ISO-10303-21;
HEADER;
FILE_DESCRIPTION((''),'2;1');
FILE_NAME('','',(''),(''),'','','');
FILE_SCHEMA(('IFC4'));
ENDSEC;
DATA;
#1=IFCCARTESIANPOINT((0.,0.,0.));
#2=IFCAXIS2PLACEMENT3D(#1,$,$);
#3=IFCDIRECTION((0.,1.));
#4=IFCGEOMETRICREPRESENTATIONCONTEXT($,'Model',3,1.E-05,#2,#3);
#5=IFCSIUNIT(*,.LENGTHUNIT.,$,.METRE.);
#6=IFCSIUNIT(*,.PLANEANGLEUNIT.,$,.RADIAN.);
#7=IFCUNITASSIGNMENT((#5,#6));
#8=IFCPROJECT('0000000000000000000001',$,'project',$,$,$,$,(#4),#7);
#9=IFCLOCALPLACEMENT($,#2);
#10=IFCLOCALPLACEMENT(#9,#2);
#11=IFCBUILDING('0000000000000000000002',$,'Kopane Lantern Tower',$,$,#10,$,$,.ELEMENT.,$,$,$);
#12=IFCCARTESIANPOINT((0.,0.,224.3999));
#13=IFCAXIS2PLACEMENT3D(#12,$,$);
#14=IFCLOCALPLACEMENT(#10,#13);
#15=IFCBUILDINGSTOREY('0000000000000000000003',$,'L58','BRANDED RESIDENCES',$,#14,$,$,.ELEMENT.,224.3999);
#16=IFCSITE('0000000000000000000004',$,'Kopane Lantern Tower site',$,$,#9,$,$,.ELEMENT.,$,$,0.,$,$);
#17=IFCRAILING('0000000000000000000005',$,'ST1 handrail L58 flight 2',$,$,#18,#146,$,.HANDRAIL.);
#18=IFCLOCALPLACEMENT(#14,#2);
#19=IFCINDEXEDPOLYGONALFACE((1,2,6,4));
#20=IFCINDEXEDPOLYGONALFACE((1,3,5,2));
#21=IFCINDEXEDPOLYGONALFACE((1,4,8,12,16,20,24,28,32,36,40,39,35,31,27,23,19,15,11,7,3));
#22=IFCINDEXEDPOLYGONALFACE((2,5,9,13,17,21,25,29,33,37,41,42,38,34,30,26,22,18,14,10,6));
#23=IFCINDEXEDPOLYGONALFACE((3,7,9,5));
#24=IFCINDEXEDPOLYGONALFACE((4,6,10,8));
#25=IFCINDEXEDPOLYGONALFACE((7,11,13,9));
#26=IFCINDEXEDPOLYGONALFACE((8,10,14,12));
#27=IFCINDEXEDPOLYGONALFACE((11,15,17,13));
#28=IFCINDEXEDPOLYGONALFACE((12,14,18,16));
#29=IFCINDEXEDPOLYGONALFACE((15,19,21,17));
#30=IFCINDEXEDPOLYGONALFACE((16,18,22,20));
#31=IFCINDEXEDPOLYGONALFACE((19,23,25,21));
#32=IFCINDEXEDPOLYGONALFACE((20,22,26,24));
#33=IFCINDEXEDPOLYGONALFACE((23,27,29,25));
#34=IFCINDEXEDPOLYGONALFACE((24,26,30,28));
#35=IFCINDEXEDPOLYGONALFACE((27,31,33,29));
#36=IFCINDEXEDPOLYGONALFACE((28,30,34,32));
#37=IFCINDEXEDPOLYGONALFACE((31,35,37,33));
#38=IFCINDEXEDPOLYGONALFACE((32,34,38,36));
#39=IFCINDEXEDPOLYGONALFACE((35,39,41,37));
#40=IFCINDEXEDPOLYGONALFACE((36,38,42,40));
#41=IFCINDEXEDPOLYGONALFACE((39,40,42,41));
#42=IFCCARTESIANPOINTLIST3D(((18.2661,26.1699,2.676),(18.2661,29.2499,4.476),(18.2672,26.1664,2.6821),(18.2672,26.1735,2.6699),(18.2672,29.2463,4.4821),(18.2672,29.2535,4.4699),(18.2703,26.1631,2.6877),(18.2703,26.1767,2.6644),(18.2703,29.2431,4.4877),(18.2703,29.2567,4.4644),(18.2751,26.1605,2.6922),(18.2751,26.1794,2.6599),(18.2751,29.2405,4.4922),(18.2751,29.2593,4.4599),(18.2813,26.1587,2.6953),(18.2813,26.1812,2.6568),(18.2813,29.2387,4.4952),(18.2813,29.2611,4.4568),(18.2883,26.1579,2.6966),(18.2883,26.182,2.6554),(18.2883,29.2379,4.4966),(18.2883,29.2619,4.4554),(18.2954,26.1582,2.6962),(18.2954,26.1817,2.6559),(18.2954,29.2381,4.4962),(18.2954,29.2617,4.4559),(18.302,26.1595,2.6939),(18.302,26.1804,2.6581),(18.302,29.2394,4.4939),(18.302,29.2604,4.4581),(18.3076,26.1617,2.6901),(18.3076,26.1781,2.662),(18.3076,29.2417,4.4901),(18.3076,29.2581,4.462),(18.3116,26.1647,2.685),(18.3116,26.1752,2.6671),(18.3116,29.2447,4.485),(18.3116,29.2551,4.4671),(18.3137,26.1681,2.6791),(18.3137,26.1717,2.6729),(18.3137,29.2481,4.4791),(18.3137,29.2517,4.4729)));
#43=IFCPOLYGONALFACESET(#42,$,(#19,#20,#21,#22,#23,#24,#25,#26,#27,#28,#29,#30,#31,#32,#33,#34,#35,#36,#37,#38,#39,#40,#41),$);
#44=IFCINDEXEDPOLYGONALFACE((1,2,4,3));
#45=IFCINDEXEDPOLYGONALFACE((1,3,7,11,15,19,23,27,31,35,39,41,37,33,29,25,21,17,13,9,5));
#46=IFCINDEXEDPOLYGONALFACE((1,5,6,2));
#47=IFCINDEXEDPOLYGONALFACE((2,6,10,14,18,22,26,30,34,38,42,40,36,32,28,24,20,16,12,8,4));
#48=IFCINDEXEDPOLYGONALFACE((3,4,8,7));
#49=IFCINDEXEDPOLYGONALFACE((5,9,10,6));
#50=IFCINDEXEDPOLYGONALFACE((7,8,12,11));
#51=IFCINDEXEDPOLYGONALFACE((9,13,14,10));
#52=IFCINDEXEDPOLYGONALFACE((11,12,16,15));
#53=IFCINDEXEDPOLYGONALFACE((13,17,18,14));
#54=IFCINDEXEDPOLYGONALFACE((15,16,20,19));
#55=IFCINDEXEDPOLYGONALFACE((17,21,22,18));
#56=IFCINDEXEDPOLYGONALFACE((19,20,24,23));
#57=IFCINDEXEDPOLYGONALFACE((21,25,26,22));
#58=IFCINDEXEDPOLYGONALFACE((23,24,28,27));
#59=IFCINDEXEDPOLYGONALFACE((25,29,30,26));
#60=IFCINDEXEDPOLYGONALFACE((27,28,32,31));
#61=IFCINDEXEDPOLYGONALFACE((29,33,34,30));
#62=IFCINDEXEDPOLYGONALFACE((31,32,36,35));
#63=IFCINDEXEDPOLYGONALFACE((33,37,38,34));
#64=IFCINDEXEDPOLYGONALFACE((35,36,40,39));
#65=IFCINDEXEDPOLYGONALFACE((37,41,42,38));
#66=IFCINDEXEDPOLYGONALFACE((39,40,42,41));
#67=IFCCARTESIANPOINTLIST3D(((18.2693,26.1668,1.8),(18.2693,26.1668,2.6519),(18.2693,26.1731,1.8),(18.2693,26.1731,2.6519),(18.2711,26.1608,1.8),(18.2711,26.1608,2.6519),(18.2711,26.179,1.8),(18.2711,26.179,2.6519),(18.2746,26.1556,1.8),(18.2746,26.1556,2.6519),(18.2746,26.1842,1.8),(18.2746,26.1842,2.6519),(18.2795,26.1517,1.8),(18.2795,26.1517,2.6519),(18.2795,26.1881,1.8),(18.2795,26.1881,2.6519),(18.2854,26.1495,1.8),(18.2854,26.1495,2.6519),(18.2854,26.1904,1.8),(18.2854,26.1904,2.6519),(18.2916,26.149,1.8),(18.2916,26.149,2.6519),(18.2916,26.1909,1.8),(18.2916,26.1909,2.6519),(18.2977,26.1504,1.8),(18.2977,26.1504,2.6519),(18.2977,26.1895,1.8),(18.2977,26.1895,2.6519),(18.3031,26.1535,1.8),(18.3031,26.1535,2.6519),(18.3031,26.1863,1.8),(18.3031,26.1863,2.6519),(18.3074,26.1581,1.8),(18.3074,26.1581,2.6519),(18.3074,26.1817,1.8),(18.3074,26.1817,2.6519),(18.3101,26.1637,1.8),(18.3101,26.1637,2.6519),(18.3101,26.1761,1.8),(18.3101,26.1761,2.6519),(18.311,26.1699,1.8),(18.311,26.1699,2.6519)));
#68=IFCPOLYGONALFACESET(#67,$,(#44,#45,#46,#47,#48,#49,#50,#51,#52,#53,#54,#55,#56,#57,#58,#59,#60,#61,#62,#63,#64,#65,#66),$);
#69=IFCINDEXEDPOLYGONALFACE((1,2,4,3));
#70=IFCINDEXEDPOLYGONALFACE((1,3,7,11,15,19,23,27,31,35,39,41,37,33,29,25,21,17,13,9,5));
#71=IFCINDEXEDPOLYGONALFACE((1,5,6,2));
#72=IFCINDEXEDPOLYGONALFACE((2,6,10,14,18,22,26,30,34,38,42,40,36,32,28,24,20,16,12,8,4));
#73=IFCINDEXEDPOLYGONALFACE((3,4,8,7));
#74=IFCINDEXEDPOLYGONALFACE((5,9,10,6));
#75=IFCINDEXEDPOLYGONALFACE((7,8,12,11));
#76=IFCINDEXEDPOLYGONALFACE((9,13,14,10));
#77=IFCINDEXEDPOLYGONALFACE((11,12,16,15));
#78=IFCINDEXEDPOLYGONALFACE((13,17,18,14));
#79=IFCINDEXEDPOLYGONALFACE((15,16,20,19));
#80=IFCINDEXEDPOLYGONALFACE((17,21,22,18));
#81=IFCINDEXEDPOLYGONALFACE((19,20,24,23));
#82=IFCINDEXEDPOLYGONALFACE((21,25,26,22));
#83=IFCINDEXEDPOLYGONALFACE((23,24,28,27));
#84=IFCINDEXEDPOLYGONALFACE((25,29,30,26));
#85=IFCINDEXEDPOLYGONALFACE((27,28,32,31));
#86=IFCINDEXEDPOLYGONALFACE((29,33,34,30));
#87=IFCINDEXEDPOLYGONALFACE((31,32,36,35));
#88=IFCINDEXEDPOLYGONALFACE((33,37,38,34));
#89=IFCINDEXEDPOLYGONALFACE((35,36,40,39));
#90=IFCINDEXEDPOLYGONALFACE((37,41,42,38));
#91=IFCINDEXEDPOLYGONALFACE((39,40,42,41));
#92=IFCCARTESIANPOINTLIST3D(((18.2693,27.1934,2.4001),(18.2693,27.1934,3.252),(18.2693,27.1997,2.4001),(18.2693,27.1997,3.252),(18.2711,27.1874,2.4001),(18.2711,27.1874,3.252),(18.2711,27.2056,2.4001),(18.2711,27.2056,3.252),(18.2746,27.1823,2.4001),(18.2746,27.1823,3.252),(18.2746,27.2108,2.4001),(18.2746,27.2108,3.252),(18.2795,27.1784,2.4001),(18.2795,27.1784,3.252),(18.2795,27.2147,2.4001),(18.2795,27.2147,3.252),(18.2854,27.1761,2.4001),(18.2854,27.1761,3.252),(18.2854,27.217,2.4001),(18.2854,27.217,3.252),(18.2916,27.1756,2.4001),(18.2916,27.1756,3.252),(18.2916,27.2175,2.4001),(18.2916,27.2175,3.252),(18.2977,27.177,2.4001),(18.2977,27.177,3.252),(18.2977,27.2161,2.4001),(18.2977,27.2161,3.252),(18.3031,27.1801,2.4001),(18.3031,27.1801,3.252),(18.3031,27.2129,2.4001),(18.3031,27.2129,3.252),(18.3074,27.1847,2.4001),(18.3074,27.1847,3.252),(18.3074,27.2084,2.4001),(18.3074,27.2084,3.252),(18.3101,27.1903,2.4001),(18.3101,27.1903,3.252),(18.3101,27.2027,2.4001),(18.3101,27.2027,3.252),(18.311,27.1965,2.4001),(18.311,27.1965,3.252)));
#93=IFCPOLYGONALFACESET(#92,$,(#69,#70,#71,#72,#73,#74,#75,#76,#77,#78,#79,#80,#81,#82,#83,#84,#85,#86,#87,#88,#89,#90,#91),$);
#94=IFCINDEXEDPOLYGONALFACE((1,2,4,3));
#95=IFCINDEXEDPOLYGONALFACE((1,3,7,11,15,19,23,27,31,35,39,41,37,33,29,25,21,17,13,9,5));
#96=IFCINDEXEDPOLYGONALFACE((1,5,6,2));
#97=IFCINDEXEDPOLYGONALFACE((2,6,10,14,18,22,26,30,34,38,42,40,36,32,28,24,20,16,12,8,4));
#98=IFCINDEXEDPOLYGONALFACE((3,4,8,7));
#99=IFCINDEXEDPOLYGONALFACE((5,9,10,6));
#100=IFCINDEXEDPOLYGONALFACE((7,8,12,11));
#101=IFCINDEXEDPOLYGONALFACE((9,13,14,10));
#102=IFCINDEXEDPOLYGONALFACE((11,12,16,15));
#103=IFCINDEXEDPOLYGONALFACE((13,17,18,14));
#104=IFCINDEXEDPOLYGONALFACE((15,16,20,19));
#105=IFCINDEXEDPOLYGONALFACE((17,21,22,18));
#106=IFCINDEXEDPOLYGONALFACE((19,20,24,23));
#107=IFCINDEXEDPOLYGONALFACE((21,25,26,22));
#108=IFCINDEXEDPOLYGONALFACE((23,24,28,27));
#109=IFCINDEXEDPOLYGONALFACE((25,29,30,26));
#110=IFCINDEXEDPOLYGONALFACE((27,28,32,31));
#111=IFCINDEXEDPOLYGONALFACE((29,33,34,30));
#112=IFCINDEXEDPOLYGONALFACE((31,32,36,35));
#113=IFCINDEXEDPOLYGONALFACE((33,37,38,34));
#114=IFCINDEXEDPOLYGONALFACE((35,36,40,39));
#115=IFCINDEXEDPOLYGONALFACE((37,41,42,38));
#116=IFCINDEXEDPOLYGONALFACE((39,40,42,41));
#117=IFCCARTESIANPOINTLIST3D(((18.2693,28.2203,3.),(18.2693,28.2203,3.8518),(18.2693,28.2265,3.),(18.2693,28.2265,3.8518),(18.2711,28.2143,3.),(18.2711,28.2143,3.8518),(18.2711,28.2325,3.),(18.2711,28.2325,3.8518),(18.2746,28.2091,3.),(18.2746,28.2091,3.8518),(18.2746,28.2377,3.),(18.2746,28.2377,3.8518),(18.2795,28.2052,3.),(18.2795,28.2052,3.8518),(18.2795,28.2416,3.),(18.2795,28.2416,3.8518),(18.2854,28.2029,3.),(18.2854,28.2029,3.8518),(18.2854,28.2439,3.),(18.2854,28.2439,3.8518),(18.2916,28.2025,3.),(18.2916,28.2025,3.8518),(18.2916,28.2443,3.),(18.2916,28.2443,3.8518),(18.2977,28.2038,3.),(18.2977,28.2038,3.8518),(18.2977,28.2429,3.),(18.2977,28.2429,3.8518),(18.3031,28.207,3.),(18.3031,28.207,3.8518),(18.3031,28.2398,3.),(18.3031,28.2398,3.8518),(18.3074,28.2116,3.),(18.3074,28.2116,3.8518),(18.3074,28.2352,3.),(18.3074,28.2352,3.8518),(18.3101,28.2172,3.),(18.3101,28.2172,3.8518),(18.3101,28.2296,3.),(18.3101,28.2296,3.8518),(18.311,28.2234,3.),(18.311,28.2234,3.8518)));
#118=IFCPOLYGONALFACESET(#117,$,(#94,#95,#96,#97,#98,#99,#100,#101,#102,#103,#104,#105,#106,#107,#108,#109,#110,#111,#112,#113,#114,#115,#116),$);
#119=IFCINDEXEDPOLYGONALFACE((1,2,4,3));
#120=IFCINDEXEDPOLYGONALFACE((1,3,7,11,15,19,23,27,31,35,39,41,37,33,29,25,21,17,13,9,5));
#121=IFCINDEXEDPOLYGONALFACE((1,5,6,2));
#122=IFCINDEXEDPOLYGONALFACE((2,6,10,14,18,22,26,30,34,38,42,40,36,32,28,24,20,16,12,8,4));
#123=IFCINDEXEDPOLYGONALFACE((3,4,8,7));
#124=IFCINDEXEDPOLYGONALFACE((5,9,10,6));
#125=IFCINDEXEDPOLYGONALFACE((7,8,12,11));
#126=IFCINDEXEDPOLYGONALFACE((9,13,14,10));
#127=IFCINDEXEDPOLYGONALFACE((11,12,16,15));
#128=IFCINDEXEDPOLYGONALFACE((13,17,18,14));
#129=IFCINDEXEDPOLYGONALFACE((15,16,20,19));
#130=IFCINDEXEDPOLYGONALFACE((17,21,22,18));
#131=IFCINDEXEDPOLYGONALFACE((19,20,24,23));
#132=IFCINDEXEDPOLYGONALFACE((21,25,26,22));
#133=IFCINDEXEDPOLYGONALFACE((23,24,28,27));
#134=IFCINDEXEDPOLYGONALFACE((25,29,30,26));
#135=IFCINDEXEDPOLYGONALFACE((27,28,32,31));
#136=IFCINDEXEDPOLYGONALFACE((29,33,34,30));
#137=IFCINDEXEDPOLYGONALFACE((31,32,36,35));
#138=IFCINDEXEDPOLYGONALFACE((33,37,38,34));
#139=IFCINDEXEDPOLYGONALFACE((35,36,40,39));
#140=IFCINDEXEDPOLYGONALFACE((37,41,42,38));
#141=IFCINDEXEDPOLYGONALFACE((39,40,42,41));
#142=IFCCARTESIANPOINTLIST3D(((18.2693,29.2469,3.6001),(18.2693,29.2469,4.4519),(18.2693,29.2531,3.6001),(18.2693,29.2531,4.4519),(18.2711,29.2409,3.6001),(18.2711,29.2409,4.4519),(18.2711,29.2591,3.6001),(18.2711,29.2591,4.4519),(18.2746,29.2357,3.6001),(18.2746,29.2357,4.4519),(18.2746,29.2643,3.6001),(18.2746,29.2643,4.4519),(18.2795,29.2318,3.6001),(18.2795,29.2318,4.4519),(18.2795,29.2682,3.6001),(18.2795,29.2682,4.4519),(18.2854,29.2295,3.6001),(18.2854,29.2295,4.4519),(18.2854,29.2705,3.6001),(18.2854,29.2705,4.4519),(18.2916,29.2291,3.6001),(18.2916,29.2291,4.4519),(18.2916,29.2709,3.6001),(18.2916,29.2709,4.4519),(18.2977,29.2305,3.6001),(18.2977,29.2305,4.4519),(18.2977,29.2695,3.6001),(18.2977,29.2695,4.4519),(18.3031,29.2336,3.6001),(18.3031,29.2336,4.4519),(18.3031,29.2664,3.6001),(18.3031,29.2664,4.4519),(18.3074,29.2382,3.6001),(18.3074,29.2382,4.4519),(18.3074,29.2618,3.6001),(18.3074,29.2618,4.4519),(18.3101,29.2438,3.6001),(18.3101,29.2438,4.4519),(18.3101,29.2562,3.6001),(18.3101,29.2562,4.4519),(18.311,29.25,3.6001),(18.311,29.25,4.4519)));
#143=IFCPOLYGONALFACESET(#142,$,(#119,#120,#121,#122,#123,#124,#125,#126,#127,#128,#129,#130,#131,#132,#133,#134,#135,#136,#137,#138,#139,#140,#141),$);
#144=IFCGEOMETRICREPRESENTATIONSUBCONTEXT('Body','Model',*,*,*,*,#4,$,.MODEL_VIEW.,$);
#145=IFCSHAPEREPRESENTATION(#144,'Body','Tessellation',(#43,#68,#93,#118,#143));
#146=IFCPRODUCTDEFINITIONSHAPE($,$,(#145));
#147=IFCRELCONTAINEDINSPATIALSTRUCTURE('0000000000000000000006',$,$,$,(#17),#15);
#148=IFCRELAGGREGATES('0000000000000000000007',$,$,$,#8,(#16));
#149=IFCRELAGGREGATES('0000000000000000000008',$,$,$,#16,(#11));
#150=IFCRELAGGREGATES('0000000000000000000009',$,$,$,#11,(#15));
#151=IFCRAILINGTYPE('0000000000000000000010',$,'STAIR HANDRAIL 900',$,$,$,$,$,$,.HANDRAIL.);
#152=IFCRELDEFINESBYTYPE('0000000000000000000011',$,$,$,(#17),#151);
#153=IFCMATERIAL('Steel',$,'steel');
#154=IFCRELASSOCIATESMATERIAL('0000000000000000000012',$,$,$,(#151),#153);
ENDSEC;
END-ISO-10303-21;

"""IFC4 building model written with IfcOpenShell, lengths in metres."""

from ifc_helpers import new_model, si_unit, direction, frame, origin, origin_2d, place, context, subcontext, project, spatial, circle, extrude, material, type_object, element, save


model = new_model("IFC4")

# Units and contexts
model_context = context("Model", 3, precision=1e-05, world=origin(), true_north=direction((0.0, 1.0)))
body_context = subcontext(model_context, "Body", "Model", "MODEL_VIEW")
ifc_project = project(units=[si_unit("LENGTHUNIT", "METRE"), si_unit("PLANEANGLEUNIT", "RADIAN")], contexts=[model_context])

# Site, building, storey
site_placement = place(None, origin())
site = spatial("IfcSite", under=ifc_project, at=site_placement, Name="Kopane Lantern Tower site", CompositionType="ELEMENT", RefElevation=0.0)
building_placement = place(site_placement, origin())
building = spatial("IfcBuilding", under=site, at=building_placement, Name="Kopane Lantern Tower", CompositionType="ELEMENT")
storey_placement = place(building_placement, frame((0.0, 0.0, 224.3999)))
storey = spatial("IfcBuildingStorey", under=building, at=storey_placement, Name="L58", Description="BRANDED RESIDENCES", CompositionType="ELEMENT", Elevation=224.3999)

# Railing
ifc_material_1 = material(Name="Steel", Category="steel")
railing_type_1 = type_object("IfcRailingType", Name="STAIR HANDRAIL 900", PredefinedType="HANDRAIL", material=ifc_material_1)
for number, where, name in (
    (1, (18.29, 26.1699, 1.8), "ST1 handrail L58 flight 2"),
):
    element("IfcRailing", number, at=place(storey_placement, frame(where)), inside=storey, type_object=railing_type_1, Name=name, PredefinedType="HANDRAIL", context=body_context, shape_type="SweptSolid", body=[
        extrude(circle(Radius=0.0239, at=origin_2d()), frame((0.0, 0.0, 0.876), z_axis=(0.0, 0.863372, 0.504569), x_axis=(-1.0, 0.0, 0.0)), (0.0, 0.0, 1.0), 3.5674),
        extrude(circle(Radius=0.021, at=origin_2d()), origin(), (0.0, 0.0, 1.0), 0.8518),
        extrude(circle(Radius=0.021, at=origin_2d()), frame((0.0, 1.0266, 0.6001)), (0.0, 0.0, 1.0), 0.8518),
        extrude(circle(Radius=0.021, at=origin_2d()), frame((0.0, 2.0535, 1.2)), (0.0, 0.0, 1.0), 0.8518),
        extrude(circle(Radius=0.021, at=origin_2d()), frame((0.0, 3.0801, 1.8)), (0.0, 0.0, 1.0), 0.8518),
    ])

save(model, "model.ifc")
